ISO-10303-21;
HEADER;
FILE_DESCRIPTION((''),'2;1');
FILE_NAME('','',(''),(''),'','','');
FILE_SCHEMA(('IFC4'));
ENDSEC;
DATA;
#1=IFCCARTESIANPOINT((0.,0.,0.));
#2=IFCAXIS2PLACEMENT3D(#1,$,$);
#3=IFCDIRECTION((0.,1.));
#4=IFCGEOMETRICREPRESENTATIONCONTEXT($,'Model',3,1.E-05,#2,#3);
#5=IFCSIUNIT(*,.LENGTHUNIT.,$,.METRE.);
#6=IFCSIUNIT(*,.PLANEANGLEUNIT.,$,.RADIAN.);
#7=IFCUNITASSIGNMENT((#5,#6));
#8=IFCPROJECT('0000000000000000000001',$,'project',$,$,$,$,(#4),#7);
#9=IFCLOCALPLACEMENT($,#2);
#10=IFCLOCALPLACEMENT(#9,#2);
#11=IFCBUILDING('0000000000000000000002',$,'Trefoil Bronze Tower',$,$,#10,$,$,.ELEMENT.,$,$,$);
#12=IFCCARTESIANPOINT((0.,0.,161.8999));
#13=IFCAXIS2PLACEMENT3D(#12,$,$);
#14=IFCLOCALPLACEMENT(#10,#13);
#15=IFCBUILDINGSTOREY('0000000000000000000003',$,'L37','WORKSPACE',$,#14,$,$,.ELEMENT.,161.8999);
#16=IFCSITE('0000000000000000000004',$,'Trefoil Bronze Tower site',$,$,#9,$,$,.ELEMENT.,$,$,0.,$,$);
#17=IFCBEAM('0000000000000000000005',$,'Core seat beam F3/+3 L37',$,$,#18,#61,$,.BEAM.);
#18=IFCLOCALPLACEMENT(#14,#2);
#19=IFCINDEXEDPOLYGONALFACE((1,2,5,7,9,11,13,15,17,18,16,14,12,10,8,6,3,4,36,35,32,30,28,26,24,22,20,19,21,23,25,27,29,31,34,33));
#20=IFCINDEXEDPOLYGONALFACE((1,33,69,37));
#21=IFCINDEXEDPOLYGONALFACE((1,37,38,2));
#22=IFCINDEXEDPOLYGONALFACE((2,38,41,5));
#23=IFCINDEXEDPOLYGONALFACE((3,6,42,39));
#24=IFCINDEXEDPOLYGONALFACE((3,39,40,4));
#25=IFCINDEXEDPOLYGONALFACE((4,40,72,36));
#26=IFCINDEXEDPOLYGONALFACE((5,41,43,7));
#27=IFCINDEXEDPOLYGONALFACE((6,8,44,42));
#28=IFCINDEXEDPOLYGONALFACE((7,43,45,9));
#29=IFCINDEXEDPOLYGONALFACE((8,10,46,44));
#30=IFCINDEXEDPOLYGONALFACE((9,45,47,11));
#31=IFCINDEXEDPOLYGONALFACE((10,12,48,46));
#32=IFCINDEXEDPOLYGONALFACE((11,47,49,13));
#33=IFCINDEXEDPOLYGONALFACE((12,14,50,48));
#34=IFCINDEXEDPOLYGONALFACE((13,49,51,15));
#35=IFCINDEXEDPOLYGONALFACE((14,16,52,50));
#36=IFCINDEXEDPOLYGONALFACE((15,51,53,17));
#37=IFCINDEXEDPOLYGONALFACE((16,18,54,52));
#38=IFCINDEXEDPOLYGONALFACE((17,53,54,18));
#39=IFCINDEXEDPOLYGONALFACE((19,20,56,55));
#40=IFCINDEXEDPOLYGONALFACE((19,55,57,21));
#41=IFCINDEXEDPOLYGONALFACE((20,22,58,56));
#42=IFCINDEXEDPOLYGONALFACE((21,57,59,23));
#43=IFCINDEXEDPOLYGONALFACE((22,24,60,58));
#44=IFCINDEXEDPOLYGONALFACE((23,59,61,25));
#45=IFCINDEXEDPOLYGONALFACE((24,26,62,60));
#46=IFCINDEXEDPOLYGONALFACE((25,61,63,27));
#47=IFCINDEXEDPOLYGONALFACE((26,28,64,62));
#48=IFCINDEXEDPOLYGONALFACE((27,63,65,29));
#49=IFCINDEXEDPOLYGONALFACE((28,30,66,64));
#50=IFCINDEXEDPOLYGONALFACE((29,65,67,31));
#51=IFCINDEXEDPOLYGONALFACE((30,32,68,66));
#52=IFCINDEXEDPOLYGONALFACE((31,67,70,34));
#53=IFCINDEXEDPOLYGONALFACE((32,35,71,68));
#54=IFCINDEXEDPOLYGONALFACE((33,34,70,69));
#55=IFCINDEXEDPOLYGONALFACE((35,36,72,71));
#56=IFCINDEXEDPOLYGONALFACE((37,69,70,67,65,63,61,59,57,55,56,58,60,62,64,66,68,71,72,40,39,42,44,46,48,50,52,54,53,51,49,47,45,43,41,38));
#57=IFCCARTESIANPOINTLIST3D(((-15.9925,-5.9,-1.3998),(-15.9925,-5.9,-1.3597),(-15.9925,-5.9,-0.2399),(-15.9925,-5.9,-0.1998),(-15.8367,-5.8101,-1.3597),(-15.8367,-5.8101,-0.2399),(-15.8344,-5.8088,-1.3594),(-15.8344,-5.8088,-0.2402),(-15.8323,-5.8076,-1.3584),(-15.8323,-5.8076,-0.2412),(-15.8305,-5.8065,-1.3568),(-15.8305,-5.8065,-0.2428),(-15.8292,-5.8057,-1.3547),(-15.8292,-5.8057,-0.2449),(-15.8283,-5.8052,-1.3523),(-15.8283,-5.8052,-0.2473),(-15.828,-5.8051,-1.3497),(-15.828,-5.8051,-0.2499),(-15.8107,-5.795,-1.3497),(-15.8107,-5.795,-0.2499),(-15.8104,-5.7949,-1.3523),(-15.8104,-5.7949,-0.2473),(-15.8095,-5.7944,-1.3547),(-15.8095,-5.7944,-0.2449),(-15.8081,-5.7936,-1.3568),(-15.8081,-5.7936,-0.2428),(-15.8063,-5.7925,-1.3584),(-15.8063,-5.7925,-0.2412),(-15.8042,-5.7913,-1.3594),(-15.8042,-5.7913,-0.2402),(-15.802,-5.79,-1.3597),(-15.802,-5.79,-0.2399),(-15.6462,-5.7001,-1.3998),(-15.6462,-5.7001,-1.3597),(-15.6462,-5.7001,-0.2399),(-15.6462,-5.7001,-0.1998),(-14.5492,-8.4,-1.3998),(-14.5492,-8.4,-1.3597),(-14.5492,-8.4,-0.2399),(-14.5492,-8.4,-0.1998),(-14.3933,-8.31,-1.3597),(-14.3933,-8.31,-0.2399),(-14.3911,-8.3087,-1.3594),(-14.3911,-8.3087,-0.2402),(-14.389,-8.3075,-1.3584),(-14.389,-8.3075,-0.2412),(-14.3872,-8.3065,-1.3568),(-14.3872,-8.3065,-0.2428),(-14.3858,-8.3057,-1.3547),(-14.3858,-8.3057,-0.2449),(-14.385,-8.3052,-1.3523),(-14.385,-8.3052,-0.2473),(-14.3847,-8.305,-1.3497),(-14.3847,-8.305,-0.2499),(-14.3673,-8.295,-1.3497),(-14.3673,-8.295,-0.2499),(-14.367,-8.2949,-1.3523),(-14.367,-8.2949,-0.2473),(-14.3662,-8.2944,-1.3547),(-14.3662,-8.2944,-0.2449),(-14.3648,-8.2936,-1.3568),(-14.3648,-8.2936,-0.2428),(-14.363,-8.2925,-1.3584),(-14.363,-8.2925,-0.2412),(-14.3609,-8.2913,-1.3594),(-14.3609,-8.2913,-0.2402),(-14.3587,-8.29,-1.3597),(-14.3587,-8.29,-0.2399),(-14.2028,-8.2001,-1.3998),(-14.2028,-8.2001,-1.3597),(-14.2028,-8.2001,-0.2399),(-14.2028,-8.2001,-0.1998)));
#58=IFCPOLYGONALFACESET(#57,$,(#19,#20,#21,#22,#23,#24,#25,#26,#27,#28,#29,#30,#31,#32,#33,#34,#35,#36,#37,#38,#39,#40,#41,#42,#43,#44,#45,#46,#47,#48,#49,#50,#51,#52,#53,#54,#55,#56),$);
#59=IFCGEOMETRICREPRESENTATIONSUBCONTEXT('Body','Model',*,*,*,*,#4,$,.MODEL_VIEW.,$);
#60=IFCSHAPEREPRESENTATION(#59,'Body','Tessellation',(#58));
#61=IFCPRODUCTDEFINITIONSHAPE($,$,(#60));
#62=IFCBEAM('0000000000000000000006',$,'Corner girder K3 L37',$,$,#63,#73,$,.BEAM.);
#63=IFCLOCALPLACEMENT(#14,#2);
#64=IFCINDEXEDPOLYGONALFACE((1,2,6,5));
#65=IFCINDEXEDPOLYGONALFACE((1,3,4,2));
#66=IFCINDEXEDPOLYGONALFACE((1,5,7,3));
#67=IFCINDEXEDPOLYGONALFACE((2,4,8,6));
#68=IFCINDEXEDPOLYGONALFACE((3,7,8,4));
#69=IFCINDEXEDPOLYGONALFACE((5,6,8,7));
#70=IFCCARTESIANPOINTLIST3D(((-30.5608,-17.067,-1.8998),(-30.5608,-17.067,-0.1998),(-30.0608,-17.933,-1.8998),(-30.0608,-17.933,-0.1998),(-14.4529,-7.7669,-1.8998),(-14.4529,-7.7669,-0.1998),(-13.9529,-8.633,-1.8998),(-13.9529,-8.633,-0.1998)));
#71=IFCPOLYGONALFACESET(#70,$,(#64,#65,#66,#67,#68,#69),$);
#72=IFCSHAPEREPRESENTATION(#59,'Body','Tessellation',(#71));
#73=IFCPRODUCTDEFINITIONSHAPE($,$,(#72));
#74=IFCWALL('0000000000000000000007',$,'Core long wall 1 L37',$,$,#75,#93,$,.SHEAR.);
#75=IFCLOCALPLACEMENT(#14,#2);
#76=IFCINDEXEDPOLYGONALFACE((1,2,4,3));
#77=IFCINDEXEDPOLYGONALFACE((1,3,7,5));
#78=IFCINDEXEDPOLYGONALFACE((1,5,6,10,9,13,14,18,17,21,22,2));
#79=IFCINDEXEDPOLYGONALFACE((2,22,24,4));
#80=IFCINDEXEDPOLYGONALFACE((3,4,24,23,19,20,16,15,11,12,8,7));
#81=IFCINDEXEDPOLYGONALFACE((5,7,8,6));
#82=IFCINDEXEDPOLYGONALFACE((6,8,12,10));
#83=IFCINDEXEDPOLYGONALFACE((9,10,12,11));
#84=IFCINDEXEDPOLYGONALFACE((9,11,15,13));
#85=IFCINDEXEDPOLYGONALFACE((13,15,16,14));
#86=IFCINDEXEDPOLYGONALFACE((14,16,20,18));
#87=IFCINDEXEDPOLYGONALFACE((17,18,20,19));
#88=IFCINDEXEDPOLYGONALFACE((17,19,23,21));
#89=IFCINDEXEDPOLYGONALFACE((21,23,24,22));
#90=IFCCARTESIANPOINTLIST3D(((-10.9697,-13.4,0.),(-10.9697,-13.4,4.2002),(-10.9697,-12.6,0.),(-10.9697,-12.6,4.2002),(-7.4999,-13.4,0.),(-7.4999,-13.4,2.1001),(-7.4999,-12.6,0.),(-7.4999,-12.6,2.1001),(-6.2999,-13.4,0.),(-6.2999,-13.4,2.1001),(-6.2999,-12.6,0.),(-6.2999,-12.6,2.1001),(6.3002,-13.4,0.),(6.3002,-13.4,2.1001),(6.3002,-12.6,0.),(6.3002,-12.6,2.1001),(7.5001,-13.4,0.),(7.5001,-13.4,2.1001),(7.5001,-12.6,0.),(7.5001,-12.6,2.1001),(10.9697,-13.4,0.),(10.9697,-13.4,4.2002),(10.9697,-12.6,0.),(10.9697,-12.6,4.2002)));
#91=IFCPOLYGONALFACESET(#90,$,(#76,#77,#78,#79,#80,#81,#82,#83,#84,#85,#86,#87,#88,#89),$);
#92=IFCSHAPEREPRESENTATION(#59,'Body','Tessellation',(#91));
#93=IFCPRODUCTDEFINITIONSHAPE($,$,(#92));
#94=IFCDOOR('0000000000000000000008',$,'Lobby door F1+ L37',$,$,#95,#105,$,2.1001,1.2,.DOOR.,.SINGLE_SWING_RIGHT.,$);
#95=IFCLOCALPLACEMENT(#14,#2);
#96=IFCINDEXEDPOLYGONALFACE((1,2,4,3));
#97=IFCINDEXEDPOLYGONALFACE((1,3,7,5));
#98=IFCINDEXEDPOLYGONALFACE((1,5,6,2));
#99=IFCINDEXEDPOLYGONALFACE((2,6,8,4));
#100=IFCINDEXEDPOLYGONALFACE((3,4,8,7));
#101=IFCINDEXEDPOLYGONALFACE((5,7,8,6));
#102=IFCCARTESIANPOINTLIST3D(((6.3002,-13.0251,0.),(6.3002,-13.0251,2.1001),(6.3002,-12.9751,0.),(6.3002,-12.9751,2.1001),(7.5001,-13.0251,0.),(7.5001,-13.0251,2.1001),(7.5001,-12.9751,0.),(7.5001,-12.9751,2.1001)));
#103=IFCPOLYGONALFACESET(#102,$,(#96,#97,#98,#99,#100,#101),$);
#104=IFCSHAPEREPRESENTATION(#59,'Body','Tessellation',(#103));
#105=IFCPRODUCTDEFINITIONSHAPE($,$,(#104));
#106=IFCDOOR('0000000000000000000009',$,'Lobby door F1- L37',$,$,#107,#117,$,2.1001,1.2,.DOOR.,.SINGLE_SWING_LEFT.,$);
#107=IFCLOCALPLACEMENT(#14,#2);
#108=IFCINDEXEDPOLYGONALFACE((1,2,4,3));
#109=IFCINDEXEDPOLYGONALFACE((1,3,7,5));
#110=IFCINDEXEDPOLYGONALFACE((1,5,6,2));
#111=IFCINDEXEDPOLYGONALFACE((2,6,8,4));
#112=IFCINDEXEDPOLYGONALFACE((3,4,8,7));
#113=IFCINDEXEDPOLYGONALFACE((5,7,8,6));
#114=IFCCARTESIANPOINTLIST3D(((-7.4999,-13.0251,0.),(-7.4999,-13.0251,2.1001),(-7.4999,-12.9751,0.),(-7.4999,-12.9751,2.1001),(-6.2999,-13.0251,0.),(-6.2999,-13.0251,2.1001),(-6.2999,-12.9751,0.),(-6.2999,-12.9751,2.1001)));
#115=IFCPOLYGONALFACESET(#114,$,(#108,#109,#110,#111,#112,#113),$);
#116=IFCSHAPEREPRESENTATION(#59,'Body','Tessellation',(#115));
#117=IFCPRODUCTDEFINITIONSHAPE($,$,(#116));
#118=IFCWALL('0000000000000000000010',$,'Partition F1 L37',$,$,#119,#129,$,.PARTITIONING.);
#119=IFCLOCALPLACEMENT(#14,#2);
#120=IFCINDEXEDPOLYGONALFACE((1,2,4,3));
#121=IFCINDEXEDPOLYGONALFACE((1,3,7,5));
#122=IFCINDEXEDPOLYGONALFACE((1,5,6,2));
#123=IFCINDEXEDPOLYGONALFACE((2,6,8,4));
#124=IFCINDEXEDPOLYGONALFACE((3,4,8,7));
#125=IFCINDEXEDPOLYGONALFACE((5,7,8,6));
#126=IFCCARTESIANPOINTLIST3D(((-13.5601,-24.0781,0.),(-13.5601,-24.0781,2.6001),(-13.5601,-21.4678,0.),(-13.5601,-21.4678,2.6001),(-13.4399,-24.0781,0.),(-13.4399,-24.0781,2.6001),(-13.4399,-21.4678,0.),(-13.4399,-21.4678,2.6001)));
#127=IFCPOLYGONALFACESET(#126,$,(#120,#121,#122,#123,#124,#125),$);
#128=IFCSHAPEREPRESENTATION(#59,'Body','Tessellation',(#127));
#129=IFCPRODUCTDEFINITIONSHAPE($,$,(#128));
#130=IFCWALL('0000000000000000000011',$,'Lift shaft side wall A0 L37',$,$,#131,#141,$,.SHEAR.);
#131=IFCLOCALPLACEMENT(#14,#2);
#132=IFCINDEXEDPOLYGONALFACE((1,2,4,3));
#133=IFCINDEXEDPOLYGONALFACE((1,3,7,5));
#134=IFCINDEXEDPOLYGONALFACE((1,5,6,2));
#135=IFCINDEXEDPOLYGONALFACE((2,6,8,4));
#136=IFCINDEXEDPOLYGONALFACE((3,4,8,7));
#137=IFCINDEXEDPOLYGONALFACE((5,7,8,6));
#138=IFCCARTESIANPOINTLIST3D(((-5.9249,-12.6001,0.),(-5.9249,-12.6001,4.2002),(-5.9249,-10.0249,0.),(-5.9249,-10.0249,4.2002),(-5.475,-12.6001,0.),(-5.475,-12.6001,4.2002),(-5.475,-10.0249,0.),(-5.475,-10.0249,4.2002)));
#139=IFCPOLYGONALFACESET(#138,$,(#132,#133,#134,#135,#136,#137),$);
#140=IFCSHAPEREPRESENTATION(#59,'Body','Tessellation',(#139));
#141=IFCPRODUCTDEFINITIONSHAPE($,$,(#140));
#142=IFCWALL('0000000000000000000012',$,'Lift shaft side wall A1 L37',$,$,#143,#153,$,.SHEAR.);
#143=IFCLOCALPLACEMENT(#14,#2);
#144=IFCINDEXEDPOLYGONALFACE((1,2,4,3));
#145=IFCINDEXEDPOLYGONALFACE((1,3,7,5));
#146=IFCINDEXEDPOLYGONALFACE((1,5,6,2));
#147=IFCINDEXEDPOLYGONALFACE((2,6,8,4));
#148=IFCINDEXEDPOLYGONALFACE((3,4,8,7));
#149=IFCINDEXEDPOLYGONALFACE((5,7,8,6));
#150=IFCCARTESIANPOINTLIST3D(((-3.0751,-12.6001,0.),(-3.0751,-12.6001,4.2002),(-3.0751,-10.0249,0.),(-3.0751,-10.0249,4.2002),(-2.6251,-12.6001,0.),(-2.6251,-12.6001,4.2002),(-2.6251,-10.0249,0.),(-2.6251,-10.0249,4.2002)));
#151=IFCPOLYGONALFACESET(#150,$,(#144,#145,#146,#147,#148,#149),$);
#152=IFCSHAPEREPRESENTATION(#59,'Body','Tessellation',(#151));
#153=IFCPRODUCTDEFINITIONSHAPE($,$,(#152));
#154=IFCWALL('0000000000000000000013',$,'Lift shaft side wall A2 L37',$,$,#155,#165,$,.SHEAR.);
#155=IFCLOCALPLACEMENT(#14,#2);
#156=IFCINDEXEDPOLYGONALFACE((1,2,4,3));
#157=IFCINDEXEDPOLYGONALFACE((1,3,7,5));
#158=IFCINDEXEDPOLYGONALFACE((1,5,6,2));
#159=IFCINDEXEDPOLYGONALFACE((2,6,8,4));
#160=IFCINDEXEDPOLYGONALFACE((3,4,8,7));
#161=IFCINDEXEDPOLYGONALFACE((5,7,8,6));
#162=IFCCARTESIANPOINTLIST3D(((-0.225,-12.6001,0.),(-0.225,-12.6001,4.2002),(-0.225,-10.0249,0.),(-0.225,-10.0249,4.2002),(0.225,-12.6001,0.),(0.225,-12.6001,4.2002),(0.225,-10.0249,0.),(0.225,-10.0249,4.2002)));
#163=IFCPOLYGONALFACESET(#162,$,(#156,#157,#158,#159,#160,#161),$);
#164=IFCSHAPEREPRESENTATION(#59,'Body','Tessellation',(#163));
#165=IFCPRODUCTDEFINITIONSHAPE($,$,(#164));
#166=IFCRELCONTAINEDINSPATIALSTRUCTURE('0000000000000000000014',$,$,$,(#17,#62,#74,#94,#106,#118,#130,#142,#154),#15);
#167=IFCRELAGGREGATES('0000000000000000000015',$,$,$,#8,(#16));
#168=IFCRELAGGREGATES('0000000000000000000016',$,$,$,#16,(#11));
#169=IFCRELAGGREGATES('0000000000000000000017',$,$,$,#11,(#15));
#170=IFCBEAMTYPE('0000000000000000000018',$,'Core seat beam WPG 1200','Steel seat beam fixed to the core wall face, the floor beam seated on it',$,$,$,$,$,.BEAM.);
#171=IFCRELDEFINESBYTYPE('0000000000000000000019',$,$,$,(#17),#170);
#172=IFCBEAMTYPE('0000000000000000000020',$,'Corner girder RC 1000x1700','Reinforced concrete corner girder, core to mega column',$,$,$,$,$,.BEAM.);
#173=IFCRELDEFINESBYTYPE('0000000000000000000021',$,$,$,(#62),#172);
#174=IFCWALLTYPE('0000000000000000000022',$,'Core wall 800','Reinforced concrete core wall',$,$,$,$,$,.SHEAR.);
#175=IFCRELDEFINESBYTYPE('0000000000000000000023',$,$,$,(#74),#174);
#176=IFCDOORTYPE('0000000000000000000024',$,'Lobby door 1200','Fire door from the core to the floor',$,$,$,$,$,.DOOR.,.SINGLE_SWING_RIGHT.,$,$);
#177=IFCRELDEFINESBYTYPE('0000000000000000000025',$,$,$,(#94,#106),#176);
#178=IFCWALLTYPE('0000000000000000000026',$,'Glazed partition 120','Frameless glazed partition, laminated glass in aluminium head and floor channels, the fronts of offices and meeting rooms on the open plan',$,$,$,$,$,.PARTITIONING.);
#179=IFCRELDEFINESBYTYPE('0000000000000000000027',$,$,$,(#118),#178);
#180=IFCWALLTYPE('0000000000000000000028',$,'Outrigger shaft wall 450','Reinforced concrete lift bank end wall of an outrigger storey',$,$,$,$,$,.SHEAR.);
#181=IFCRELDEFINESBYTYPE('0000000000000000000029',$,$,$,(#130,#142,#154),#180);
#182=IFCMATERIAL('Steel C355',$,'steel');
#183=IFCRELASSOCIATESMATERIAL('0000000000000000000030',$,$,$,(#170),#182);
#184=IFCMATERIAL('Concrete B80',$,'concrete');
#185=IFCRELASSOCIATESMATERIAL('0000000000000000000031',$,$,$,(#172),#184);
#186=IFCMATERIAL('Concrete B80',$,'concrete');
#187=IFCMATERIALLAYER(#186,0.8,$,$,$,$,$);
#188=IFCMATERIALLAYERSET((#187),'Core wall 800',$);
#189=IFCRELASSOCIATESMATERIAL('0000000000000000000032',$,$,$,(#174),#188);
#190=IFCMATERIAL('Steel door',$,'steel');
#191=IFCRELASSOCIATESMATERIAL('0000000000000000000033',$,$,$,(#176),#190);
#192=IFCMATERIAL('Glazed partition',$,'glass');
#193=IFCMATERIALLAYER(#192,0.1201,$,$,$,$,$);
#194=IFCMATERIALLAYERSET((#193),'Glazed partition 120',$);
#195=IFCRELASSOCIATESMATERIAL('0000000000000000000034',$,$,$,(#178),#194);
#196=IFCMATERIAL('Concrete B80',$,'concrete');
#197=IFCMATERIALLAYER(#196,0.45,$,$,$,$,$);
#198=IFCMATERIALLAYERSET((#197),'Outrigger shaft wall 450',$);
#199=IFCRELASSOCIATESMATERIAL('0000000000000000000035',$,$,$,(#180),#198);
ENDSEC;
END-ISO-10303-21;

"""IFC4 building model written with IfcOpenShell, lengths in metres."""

from ifc_helpers import new_model, si_unit, direction, frame, frame_2d, origin, origin_2d, place, context, subcontext, project, spatial, rectangle, i_section, extrude, material, layer, layer_set, material_profile, profile_set, type_object, element, fill, save


model = new_model("IFC4")

# Units and contexts
model_context = context("Model", 3, precision=1e-05, world=origin(), true_north=direction((0.0, 1.0)))
body_context = subcontext(model_context, "Body", "Model", "MODEL_VIEW")
ifc_project = project(units=[si_unit("LENGTHUNIT", "METRE"), si_unit("PLANEANGLEUNIT", "RADIAN")], contexts=[model_context])

# Site, building, storey
site_placement = place(None, origin())
site = spatial("IfcSite", under=ifc_project, at=site_placement, Name="Trefoil Bronze Tower site", CompositionType="ELEMENT", RefElevation=0.0)
building_placement = place(site_placement, origin())
building = spatial("IfcBuilding", under=site, at=building_placement, Name="Trefoil Bronze Tower", CompositionType="ELEMENT")
storey_placement = place(building_placement, frame((0.0, 0.0, 161.8999)))
storey = spatial("IfcBuildingStorey", under=building, at=storey_placement, Name="L37", Description="WORKSPACE", CompositionType="ELEMENT", Elevation=161.8999)

# Beams
ifc_material_1 = material(Name="Steel C355", Category="steel")
ifc_material_profile_1 = material_profile(ifc_material_1, i_section(OverallWidth=0.3999, OverallDepth=1.2, WebThickness=0.02, FlangeThickness=0.04, FilletRadius=0.01, at=origin_2d()), Name="WPG 1200")
ifc_profile_set_1 = profile_set([ifc_material_profile_1], Name="Steel C355")
beam_type_1 = type_object("IfcBeamType", Name="Core seat beam WPG 1200", Description="Steel seat beam fixed to the core wall face, the floor beam seated on it", PredefinedType="BEAM", material=ifc_profile_set_1)
for number, where, z_axis, x_axis, name in (
    (1, (-15.8193, -5.8, -0.7998), (0.499996, -0.866028, 0.0), (0.866028, 0.499996, 0.0), "Core seat beam F3/+3 L37"),
):
    element("IfcBeam", number, at=place(storey_placement, frame(where, z_axis=z_axis, x_axis=x_axis)), inside=storey, type_object=beam_type_1, Name=name, PredefinedType="BEAM", context=body_context, shape_type="SweptSolid", body=[
        extrude(i_section(OverallWidth=0.3999, OverallDepth=1.2, WebThickness=0.02, FlangeThickness=0.04, FilletRadius=0.01, at=origin_2d()), origin(), (0.0, 0.0, 1.0), 2.8867),
    ])
ifc_material_2 = material(Name="Concrete B80", Category="concrete")
ifc_material_profile_2 = material_profile(ifc_material_2, rectangle(XDim=1.0, YDim=1.7, at=origin_2d()), Name="RC 1000x1700")
ifc_profile_set_2 = profile_set([ifc_material_profile_2], Name="Concrete B80")
beam_type_2 = type_object("IfcBeamType", Name="Corner girder RC 1000x1700", Description="Reinforced concrete corner girder, core to mega column", PredefinedType="BEAM", material=ifc_profile_set_2)
beam_placement = place(storey_placement, frame((-14.2029, -8.2, -1.0498), z_axis=(-0.866022, -0.500006, 0.0), x_axis=(0.500006, -0.866022, 0.0)))
element("IfcBeam", 2, at=beam_placement, inside=storey, type_object=beam_type_2, Name="Corner girder K3 L37", PredefinedType="BEAM", context=body_context, shape_type="SweptSolid", body=[
    extrude(rectangle(XDim=1.0, YDim=1.7, at=origin_2d()), origin(), (0.0, 0.0, 1.0), 18.5999),
])

# Wall, openings, doors
ifc_material_3 = material(Name="Concrete B80", Category="concrete")
ifc_layer_1 = layer(ifc_material_3, 0.8)
ifc_layer_set_1 = layer_set([ifc_layer_1], Name="Core wall 800")
wall_type_1 = type_object("IfcWallType", Name="Core wall 800", Description="Reinforced concrete core wall", PredefinedType="SHEAR", material=ifc_layer_set_1)
wall_1_placement = place(storey_placement, frame((-10.9697, -13.0, 0.0), z_axis=(0.0, 0.0, 1.0), x_axis=(1.0, 0.0, 0.0)))
wall_1 = element("IfcWall", 3, at=wall_1_placement, inside=storey, type_object=wall_type_1, Name="Core long wall 1 L37", PredefinedType="SHEAR", context=body_context, shape_type="SweptSolid", body=[
    extrude(rectangle(XDim=21.9395, YDim=0.8, at=frame_2d((10.9697, 0.0))), origin(), (0.0, 0.0, 1.0), 4.2002),
])
opening_1_placement = place(wall_1_placement, frame((17.2698, 0.0, 0.0)))
opening_1 = element("IfcOpeningElement", 4, at=opening_1_placement, cuts=wall_1, PredefinedType="OPENING", context=body_context, shape_type="SweptSolid", body=[
    extrude(rectangle(XDim=1.2, YDim=2.1001, at=frame_2d((0.6001, 1.05))), frame((0.0, 0.4099, 0.0), z_axis=(0.0, -1.0, 0.0), x_axis=(1.0, 0.0, 0.0)), (0.0, 0.0, 1.0), 0.8201),
])
opening_2_placement = place(wall_1_placement, frame((3.4697, 0.0, 0.0)))
opening_2 = element("IfcOpeningElement", 5, at=opening_2_placement, cuts=wall_1, PredefinedType="OPENING", context=body_context, shape_type="SweptSolid", body=[
    extrude(rectangle(XDim=1.2, YDim=2.1001, at=frame_2d((0.6001, 1.05))), frame((0.0, 0.4099, 0.0), z_axis=(0.0, -1.0, 0.0), x_axis=(1.0, 0.0, 0.0)), (0.0, 0.0, 1.0), 0.8201),
])
ifc_material_4 = material(Name="Steel door", Category="steel")
door_type_1 = type_object("IfcDoorType", Name="Lobby door 1200", Description="Fire door from the core to the floor", OperationType="SINGLE_SWING_RIGHT", PredefinedType="DOOR", material=ifc_material_4)
door_1_placement = place(opening_1_placement, origin())
door_1 = element("IfcDoor", 6, at=door_1_placement, inside=storey, type_object=door_type_1, Name="Lobby door F1+ L37", OperationType="SINGLE_SWING_RIGHT", OverallHeight=2.1001, OverallWidth=1.2, PredefinedType="DOOR", context=body_context, shape_type="SweptSolid", body=[
    extrude(rectangle(XDim=1.2, YDim=2.1001, at=frame_2d((0.6001, 1.05))), frame((0.0, 0.0249, 0.0), z_axis=(0.0, -1.0, 0.0), x_axis=(1.0, 0.0, 0.0)), (0.0, 0.0, 1.0), 0.05),
])
fill(opening_1, door_1)
door_2_placement = place(opening_2_placement, origin())
door_2 = element("IfcDoor", 7, at=door_2_placement, inside=storey, type_object=door_type_1, Name="Lobby door F1- L37", OperationType="SINGLE_SWING_LEFT", OverallHeight=2.1001, OverallWidth=1.2, PredefinedType="DOOR", context=body_context, shape_type="SweptSolid", body=[
    extrude(rectangle(XDim=1.2, YDim=2.1001, at=frame_2d((0.6001, 1.05))), frame((0.0, 0.0249, 0.0), z_axis=(0.0, -1.0, 0.0), x_axis=(1.0, 0.0, 0.0)), (0.0, 0.0, 1.0), 0.05),
])
fill(opening_2, door_2)

# Walls
ifc_material_5 = material(Name="Glazed partition", Category="glass")
ifc_layer_2 = layer(ifc_material_5, 0.1201)
ifc_layer_set_2 = layer_set([ifc_layer_2], Name="Glazed partition 120")
wall_type_2 = type_object("IfcWallType", Name="Glazed partition 120", Description="Frameless glazed partition, laminated glass in aluminium head and floor channels, the fronts of offices and meeting rooms on the open plan", PredefinedType="PARTITIONING", material=ifc_layer_set_2)
wall_2_placement = place(storey_placement, frame((-13.5, -21.4678, 0.0), z_axis=(0.0, 0.0, 1.0), x_axis=(0.0, -1.0, 0.0)))
element("IfcWall", 8, at=wall_2_placement, inside=storey, type_object=wall_type_2, Name="Partition F1 L37", PredefinedType="PARTITIONING", context=body_context, shape_type="SweptSolid", body=[
    extrude(rectangle(XDim=2.6104, YDim=0.1201, at=frame_2d((1.3052, 0.0))), origin(), (0.0, 0.0, 1.0), 2.6001),
])
ifc_material_6 = material(Name="Concrete B80", Category="concrete")
ifc_layer_3 = layer(ifc_material_6, 0.45)
ifc_layer_set_3 = layer_set([ifc_layer_3], Name="Outrigger shaft wall 450")
wall_type_3 = type_object("IfcWallType", Name="Outrigger shaft wall 450", Description="Reinforced concrete lift bank end wall of an outrigger storey", PredefinedType="SHEAR", material=ifc_layer_set_3)
for number, where, z_axis, x_axis, name in (
    (9, (-5.7, -10.0249, 0.0), (0.0, 0.0, 1.0), (0.0, -1.0, 0.0), "Lift shaft side wall A0 L37"),
    (10, (-2.8501, -10.0249, 0.0), (0.0, 0.0, 1.0), (0.0, -1.0, 0.0), "Lift shaft side wall A1 L37"),
    (11, (0.0, -10.0249, 0.0), (0.0, 0.0, 1.0), (0.0, -1.0, 0.0), "Lift shaft side wall A2 L37"),
):
    element("IfcWall", number, at=place(storey_placement, frame(where, z_axis=z_axis, x_axis=x_axis)), inside=storey, type_object=wall_type_3, Name=name, PredefinedType="SHEAR", context=body_context, shape_type="SweptSolid", body=[
        extrude(rectangle(XDim=2.5752, YDim=0.45, at=frame_2d((1.2876, 0.0))), origin(), (0.0, 0.0, 1.0), 4.2002),
    ])

save(model, "model.ifc")
